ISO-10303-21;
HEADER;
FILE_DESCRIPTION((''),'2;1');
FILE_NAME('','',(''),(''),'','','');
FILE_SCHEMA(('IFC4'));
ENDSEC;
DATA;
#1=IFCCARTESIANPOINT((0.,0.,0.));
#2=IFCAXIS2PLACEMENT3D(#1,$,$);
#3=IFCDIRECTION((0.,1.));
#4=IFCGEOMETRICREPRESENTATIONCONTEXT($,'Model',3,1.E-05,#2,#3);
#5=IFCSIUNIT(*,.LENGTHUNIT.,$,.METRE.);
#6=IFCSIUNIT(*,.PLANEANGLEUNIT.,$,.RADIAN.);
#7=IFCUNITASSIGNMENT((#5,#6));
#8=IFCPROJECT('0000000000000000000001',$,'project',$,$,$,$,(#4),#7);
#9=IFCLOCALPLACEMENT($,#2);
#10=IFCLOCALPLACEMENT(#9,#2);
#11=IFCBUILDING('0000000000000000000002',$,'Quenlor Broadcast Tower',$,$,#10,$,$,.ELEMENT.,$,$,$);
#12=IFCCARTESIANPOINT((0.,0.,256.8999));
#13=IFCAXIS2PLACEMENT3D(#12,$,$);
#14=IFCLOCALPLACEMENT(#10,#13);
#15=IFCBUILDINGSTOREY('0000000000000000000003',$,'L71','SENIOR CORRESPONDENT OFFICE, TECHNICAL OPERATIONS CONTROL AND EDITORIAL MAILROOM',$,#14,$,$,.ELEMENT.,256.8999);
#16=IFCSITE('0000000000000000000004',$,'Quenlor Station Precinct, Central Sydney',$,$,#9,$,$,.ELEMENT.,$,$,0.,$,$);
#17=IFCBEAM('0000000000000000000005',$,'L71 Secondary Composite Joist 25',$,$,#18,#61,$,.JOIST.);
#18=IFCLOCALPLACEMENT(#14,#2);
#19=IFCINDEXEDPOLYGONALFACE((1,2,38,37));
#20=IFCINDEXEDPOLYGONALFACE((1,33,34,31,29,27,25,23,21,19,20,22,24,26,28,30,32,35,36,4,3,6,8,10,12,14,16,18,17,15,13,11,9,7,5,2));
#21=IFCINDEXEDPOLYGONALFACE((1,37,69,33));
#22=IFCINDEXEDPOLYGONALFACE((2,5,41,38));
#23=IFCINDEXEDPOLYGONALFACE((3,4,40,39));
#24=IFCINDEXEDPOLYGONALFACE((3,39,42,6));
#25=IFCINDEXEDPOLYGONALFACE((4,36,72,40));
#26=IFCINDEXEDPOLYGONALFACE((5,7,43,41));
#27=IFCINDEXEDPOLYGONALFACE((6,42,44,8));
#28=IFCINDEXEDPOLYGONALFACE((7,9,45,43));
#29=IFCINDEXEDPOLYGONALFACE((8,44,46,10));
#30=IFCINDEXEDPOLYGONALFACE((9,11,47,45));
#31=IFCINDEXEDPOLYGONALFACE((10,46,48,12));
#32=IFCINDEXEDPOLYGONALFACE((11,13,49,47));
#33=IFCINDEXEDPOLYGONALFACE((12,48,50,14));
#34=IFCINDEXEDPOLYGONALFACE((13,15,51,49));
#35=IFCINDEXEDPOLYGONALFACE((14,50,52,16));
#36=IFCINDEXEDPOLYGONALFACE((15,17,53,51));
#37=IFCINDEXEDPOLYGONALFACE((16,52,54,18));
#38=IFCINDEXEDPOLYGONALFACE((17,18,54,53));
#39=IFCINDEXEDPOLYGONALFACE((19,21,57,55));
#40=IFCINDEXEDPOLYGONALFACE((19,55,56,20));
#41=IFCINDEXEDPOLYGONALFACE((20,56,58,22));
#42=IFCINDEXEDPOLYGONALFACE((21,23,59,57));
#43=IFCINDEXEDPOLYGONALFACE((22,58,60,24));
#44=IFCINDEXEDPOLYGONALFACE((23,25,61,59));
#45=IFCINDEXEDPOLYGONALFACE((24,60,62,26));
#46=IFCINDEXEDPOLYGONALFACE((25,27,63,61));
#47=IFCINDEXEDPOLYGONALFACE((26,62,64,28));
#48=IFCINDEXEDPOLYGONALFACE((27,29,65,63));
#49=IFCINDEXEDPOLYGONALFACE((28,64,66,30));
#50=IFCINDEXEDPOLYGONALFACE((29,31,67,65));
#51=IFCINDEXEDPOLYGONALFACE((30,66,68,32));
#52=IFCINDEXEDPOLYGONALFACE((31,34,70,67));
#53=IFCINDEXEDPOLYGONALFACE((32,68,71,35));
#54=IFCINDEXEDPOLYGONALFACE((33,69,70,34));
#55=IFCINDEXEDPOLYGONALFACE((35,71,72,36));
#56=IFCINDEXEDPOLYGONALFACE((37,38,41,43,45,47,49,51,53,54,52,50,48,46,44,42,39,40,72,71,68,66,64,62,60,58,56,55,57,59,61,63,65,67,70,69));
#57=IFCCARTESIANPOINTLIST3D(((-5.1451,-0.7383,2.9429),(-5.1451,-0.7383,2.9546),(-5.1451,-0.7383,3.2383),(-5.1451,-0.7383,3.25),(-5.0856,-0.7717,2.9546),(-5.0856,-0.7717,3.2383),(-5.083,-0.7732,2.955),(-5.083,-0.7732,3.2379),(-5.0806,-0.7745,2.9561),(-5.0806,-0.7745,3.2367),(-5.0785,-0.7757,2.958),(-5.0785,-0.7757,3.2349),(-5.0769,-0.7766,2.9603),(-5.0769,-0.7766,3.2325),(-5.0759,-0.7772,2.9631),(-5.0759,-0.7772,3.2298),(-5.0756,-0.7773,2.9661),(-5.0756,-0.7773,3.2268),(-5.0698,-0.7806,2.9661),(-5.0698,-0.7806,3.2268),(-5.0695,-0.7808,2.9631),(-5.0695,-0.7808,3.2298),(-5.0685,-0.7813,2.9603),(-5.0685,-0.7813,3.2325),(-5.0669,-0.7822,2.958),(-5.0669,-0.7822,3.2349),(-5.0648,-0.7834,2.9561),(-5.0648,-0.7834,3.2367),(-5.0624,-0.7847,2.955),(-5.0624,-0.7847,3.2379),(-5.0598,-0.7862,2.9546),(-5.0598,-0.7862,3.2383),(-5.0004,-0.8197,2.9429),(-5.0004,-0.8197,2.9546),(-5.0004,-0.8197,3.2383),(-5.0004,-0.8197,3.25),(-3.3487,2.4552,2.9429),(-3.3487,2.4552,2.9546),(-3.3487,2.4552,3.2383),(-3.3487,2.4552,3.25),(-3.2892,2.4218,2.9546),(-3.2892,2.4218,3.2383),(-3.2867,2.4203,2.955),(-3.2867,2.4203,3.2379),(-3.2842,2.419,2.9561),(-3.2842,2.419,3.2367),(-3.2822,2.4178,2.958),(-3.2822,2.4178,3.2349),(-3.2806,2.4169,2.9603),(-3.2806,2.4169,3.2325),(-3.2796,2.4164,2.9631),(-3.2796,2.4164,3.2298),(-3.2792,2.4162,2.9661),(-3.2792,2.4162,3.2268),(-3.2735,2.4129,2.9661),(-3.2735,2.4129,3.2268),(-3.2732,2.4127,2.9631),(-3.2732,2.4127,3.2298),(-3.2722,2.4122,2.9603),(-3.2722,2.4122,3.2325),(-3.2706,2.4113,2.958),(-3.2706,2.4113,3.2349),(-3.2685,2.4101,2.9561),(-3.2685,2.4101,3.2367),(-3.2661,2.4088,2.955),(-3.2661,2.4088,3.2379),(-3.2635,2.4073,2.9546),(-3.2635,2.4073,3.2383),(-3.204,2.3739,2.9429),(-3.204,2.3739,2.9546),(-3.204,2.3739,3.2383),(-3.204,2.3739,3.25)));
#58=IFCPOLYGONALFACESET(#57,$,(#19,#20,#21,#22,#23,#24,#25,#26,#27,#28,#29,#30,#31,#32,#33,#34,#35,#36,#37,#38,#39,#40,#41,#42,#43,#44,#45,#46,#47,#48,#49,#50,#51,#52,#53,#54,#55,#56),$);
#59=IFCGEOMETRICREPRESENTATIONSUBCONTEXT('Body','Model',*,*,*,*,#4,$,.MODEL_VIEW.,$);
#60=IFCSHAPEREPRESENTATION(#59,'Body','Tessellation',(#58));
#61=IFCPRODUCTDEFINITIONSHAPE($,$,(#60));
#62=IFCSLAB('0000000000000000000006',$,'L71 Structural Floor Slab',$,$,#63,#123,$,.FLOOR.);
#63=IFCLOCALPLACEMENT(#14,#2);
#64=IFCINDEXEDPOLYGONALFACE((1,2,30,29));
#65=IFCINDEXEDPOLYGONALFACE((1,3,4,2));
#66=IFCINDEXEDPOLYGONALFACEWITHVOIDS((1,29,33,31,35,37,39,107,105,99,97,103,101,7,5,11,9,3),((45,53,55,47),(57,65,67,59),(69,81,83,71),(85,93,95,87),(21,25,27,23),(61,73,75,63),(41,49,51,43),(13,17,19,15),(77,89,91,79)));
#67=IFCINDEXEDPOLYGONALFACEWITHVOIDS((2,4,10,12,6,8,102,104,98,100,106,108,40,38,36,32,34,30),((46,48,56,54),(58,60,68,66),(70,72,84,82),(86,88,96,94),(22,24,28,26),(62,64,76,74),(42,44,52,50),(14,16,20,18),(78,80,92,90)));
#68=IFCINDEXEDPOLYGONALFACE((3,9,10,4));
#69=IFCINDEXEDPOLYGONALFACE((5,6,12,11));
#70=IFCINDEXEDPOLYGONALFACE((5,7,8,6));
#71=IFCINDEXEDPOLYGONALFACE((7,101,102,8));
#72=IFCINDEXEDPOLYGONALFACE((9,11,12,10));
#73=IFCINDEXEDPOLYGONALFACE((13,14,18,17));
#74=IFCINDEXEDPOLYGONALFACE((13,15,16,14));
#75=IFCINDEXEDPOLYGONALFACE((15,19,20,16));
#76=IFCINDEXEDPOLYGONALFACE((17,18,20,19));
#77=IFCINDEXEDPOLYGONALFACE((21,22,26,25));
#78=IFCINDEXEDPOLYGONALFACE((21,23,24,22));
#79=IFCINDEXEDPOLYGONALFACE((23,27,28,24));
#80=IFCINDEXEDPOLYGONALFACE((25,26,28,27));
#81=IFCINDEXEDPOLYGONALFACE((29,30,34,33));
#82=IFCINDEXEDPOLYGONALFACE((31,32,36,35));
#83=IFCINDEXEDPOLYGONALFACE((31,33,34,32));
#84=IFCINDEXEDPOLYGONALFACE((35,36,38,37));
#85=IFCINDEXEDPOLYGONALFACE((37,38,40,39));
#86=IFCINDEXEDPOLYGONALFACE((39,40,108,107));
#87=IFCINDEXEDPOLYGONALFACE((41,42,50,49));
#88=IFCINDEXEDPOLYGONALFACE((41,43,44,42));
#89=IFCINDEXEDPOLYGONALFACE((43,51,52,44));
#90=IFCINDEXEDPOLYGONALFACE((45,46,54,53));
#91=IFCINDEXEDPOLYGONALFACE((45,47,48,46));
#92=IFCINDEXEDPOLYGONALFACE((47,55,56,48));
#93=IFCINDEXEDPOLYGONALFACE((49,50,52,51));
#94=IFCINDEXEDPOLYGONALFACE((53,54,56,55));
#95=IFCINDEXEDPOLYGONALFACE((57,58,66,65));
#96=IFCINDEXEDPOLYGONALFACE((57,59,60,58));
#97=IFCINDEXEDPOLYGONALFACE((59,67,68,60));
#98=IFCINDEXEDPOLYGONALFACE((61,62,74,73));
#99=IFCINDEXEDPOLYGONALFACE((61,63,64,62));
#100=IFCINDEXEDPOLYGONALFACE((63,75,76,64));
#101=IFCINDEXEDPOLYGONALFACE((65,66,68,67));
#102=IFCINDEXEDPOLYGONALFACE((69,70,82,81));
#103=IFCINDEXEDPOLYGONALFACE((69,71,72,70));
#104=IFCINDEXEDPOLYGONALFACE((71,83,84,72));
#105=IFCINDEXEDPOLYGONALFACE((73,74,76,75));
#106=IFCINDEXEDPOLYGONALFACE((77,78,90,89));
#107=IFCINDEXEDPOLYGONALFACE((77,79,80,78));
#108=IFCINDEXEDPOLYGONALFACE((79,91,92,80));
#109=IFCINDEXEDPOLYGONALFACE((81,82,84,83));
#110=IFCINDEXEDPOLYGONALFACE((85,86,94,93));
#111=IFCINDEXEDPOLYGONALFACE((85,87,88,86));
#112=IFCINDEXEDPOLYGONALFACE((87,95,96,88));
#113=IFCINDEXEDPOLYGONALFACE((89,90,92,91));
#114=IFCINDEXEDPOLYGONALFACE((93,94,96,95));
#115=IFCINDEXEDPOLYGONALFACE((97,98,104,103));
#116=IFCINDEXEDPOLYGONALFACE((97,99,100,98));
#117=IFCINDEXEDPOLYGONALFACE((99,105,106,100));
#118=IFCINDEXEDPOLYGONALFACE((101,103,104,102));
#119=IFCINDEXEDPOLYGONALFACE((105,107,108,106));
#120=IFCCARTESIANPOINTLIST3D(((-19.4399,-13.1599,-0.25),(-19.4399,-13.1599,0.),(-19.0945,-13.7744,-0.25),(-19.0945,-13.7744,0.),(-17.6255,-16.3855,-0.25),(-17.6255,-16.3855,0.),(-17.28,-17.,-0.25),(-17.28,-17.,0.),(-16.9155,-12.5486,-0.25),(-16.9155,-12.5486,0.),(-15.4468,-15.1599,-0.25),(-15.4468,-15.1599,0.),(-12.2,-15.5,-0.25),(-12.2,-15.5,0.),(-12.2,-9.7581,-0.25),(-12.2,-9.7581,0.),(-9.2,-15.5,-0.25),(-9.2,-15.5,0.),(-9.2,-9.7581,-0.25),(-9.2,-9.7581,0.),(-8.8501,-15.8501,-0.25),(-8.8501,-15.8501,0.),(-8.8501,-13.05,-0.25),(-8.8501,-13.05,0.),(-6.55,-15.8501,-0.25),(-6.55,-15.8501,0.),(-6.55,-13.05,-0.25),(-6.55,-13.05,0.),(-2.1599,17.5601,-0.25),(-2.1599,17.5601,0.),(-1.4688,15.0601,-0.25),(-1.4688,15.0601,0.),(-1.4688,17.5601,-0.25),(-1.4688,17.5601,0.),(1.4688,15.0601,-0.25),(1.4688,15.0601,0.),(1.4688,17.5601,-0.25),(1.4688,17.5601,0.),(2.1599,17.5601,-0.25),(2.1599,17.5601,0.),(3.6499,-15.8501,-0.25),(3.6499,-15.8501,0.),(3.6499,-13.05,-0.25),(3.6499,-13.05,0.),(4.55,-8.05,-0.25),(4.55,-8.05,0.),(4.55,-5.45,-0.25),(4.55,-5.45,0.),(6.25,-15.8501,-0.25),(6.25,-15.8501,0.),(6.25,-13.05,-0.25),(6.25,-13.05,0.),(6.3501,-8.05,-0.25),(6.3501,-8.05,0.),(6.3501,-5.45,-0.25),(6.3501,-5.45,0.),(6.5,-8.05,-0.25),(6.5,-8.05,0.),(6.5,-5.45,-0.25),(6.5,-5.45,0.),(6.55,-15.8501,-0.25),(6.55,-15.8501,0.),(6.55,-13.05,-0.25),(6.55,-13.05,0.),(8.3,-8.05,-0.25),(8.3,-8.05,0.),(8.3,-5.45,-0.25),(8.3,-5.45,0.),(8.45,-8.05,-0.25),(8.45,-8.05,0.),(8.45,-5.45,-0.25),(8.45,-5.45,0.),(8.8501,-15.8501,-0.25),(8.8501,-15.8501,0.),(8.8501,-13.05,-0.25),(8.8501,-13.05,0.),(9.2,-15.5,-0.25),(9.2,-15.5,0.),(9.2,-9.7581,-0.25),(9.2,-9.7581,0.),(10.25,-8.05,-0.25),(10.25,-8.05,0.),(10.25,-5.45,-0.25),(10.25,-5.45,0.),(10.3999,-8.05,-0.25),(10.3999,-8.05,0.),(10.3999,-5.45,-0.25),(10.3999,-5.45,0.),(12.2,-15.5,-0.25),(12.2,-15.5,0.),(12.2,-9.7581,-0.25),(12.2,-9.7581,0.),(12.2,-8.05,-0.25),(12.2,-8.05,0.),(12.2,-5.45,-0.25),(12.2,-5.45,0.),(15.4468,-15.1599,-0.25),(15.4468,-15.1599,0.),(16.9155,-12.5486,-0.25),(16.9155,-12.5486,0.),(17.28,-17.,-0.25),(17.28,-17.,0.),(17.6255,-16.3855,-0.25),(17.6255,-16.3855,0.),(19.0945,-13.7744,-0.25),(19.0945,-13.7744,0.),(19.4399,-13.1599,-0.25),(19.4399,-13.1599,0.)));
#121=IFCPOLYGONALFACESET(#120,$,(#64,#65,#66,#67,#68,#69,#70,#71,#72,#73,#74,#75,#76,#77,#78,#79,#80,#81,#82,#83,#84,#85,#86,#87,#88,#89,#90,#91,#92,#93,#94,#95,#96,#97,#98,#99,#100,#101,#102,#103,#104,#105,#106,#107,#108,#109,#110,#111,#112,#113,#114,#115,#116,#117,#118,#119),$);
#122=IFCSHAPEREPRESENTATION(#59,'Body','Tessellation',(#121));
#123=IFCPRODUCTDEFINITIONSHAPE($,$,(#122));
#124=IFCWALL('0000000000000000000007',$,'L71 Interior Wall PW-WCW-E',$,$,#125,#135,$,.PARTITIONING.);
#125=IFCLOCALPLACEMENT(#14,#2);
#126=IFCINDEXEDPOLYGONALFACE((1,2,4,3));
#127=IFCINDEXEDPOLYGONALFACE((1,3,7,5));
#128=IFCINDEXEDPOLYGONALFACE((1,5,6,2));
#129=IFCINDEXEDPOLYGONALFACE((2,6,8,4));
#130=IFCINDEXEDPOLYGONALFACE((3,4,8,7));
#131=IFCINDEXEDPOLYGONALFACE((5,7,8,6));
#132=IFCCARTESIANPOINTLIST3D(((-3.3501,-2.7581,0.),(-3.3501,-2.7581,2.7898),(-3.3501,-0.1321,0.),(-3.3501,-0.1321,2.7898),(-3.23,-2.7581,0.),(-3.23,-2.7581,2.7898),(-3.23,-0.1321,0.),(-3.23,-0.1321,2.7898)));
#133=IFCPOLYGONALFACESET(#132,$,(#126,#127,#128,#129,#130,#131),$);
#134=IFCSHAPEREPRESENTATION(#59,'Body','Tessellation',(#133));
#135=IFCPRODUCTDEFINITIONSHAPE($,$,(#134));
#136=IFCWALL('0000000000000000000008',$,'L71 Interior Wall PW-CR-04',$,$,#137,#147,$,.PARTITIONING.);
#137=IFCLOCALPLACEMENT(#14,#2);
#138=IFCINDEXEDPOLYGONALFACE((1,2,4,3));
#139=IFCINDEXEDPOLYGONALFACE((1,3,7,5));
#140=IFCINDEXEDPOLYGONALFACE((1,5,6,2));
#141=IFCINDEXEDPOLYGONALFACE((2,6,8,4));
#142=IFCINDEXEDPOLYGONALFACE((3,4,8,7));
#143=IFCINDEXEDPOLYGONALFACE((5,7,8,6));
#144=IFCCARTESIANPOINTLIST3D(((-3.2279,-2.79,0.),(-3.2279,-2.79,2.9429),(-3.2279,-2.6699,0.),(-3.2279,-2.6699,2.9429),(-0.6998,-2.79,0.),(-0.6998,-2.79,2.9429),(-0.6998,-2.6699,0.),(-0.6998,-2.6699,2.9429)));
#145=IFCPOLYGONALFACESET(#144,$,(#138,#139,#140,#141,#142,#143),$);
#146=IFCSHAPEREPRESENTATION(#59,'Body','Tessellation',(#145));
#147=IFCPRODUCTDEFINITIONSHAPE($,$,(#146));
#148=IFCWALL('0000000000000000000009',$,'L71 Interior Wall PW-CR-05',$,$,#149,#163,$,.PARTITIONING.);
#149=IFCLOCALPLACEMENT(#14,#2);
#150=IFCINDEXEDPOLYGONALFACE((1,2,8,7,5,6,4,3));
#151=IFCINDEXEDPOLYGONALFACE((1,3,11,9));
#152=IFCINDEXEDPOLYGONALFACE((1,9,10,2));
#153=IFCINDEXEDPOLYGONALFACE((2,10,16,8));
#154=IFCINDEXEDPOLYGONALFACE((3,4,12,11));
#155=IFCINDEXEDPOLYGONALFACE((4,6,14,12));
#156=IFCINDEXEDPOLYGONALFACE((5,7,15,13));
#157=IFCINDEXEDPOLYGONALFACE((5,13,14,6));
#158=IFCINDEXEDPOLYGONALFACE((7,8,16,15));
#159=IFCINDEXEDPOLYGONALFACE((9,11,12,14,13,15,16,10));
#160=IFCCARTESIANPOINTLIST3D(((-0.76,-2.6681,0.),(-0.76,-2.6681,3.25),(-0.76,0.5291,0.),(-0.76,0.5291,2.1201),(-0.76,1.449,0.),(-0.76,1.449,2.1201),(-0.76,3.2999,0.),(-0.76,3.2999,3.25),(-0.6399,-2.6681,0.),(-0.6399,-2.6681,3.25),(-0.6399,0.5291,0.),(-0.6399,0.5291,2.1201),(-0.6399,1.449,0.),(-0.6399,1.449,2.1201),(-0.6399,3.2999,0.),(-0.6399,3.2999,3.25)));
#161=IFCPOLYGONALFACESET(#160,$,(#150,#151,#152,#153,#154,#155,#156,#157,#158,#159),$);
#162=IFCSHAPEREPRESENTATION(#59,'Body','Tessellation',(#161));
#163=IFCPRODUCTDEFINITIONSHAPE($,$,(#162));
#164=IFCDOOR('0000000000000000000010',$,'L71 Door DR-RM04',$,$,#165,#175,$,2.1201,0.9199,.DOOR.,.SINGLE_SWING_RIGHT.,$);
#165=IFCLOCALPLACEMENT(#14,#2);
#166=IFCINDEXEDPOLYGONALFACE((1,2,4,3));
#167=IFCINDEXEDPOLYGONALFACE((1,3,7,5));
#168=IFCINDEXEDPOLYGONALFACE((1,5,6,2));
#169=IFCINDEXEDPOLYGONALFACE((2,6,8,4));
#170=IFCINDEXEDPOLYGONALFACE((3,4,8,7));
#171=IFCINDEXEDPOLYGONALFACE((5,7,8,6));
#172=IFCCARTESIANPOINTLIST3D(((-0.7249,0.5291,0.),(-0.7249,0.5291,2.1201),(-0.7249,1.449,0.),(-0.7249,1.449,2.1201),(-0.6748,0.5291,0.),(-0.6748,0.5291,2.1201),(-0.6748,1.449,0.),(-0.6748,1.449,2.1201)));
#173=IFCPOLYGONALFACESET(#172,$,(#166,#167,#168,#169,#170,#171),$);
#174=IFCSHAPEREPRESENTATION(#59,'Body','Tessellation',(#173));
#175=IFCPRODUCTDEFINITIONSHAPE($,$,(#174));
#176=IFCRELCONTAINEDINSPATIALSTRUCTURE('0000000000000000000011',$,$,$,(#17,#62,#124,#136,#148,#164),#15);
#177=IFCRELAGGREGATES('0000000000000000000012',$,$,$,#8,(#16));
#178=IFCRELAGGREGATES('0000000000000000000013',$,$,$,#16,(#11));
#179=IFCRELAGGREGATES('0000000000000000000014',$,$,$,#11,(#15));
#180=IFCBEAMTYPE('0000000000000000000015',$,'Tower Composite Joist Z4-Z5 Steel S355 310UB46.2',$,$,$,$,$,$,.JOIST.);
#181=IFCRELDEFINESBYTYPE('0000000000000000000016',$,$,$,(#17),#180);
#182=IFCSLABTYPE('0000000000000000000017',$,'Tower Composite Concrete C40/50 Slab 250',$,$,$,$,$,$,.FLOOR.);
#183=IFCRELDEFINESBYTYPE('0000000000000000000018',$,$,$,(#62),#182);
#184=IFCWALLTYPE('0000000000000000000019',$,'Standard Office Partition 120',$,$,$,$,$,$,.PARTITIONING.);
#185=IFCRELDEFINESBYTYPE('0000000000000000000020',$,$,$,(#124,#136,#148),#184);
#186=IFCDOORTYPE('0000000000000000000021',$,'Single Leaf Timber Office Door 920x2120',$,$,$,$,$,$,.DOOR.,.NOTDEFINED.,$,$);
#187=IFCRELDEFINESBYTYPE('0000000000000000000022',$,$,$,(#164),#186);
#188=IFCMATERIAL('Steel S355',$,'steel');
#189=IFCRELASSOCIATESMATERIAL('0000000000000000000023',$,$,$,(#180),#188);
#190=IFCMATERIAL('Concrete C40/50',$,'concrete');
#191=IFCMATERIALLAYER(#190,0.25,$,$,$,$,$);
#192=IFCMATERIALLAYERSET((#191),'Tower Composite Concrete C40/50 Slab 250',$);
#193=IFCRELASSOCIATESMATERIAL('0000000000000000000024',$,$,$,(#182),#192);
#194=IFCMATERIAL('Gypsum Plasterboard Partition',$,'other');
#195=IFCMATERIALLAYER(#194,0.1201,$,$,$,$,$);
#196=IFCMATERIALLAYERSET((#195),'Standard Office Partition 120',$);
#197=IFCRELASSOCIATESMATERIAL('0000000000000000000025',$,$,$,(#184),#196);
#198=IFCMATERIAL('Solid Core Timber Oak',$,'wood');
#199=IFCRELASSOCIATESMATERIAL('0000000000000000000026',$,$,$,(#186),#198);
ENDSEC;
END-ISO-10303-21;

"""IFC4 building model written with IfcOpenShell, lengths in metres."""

from ifc_helpers import new_model, si_unit, direction, frame, frame_2d, origin, origin_2d, place, context, subcontext, project, spatial, polyline, rectangle, i_section, outline, extrude, material, layer, layer_set, material_profile, profile_set, type_object, element, fill, save


model = new_model("IFC4")

# Units and contexts
model_context = context("Model", 3, precision=1e-05, world=origin(), true_north=direction((0.0, 1.0)))
body_context = subcontext(model_context, "Body", "Model", "MODEL_VIEW")
ifc_project = project(units=[si_unit("LENGTHUNIT", "METRE"), si_unit("PLANEANGLEUNIT", "RADIAN")], contexts=[model_context])

# Site, building, storey
site_placement = place(None, origin())
site = spatial("IfcSite", under=ifc_project, at=site_placement, Name="Quenlor Station Precinct, Central Sydney", CompositionType="ELEMENT", RefElevation=0.0)
building_placement = place(site_placement, origin())
building = spatial("IfcBuilding", under=site, at=building_placement, Name="Quenlor Broadcast Tower", CompositionType="ELEMENT")
storey_placement = place(building_placement, frame((0.0, 0.0, 256.8999)))
storey = spatial("IfcBuildingStorey", under=building, at=storey_placement, Name="L71", Description="SENIOR CORRESPONDENT OFFICE, TECHNICAL OPERATIONS CONTROL AND EDITORIAL MAILROOM", CompositionType="ELEMENT", Elevation=256.8999)

# Beam
ifc_material_1 = material(Name="Steel S355", Category="steel")
ifc_material_profile = material_profile(ifc_material_1, i_section(OverallWidth=0.166, OverallDepth=0.3071, WebThickness=0.0066, FlangeThickness=0.0117, FilletRadius=0.0115, at=origin_2d()))
ifc_profile_set = profile_set([ifc_material_profile], Name="Steel S355 310UB46.2")
beam_type = type_object("IfcBeamType", Name="Tower Composite Joist Z4-Z5 Steel S355 310UB46.2", PredefinedType="JOIST", material=ifc_profile_set)
beam_placement = place(storey_placement, frame((-3.2764, 2.4146, 3.0964), z_axis=(-0.490258, -0.871577, 0.0), x_axis=(0.871577, -0.490258, 0.0)))
element("IfcBeam", 1, at=beam_placement, inside=storey, type_object=beam_type, Name="L71 Secondary Composite Joist 25", PredefinedType="JOIST", context=body_context, shape_type="SweptSolid", body=[
    extrude(i_section(OverallWidth=0.166, OverallDepth=0.3071, WebThickness=0.0066, FlangeThickness=0.0117, FilletRadius=0.0115, at=origin_2d()), origin(), (0.0, 0.0, 1.0), 3.6641),
])

# Slab
ifc_material_2 = material(Name="Concrete C40/50", Category="concrete")
ifc_layer_1 = layer(ifc_material_2, 0.25)
ifc_layer_set_1 = layer_set([ifc_layer_1], Name="Tower Composite Concrete C40/50 Slab 250")
slab_type = type_object("IfcSlabType", Name="Tower Composite Concrete C40/50 Slab 250", PredefinedType="FLOOR", material=ifc_layer_set_1)
slab_placement = place(storey_placement, frame((0.0, 0.0, -0.25)))
element("IfcSlab", 2, at=slab_placement, inside=storey, type_object=slab_type, Name="L71 Structural Floor Slab", PredefinedType="FLOOR", context=body_context, shape_type="SweptSolid", body=[
    extrude(outline(polyline([(17.28, -17.0), (17.6255, -16.3855), (15.4468, -15.1599), (16.9155, -12.5486), (19.0945, -13.7744), (19.4399, -13.1599), (2.1599, 17.5601), (1.4688, 17.5601), (1.4688, 15.0601), (-1.4688, 15.0601), (-1.4688, 17.5601), (-2.1599, 17.5601), (-19.4399, -13.1599), (-19.0945, -13.7744), (-16.9155, -12.5486), (-15.4468, -15.1599), (-17.6255, -16.3855), (-17.28, -17.0), (17.28, -17.0)]), holes=[polyline([(-12.2, -9.7581), (-12.2, -15.5), (-9.2, -15.5), (-9.2, -9.7581), (-12.2, -9.7581)]), polyline([(9.2, -9.7581), (9.2, -15.5), (12.2, -15.5), (12.2, -9.7581), (9.2, -9.7581)]), polyline([(4.55, -8.05), (6.3501, -8.05), (6.3501, -5.45), (4.55, -5.45), (4.55, -8.05)]), polyline([(6.5, -8.05), (8.3, -8.05), (8.3, -5.45), (6.5, -5.45), (6.5, -8.05)]), polyline([(8.45, -8.05), (10.25, -8.05), (10.25, -5.45), (8.45, -5.45), (8.45, -8.05)]), polyline([(10.3999, -8.05), (12.2, -8.05), (12.2, -5.45), (10.3999, -5.45), (10.3999, -8.05)]), polyline([(-8.8501, -15.8501), (-6.55, -15.8501), (-6.55, -13.05), (-8.8501, -13.05), (-8.8501, -15.8501)]), polyline([(6.55, -15.8501), (8.8501, -15.8501), (8.8501, -13.05), (6.55, -13.05), (6.55, -15.8501)]), polyline([(3.6499, -15.8501), (6.25, -15.8501), (6.25, -13.05), (3.6499, -13.05), (3.6499, -15.8501)])]), origin(), (0.0, 0.0, 1.0), 0.25),
])

# Walls
ifc_material_3 = material(Name="Gypsum Plasterboard Partition", Category="other")
ifc_layer_2 = layer(ifc_material_3, 0.1201)
ifc_layer_set_2 = layer_set([ifc_layer_2], Name="Standard Office Partition 120")
wall_type = type_object("IfcWallType", Name="Standard Office Partition 120", PredefinedType="PARTITIONING", material=ifc_layer_set_2)
wall_1_placement = place(storey_placement, frame((-3.29, -2.7581, 0.0), z_axis=(0.0, 0.0, 1.0), x_axis=(0.0, 1.0, 0.0)))
element("IfcWall", 3, at=wall_1_placement, inside=storey, type_object=wall_type, Name="L71 Interior Wall PW-WCW-E", PredefinedType="PARTITIONING", context=body_context, shape_type="SweptSolid", body=[
    extrude(rectangle(XDim=2.626, YDim=0.1201, at=frame_2d((1.313, 0.0))), origin(), (0.0, 0.0, 1.0), 2.7898),
])
wall_2_placement = place(storey_placement, frame((-3.228, -2.73, 0.0), z_axis=(0.0, 0.0, 1.0), x_axis=(1.0, 0.0, 0.0)))
element("IfcWall", 4, at=wall_2_placement, inside=storey, type_object=wall_type, Name="L71 Interior Wall PW-CR-04", PredefinedType="PARTITIONING", context=body_context, shape_type="SweptSolid", body=[
    extrude(rectangle(XDim=2.5281, YDim=0.1201, at=frame_2d((1.2642, 0.0))), origin(), (0.0, 0.0, 1.0), 2.9429),
])

# Wall, opening, door
wall_3_placement = place(storey_placement, frame((-0.7, -2.668, 0.0), z_axis=(0.0, 0.0, 1.0), x_axis=(0.0, 1.0, 0.0)))
wall_3 = element("IfcWall", 5, at=wall_3_placement, inside=storey, type_object=wall_type, Name="L71 Interior Wall PW-CR-05", PredefinedType="PARTITIONING", context=body_context, shape_type="SweptSolid", body=[
    extrude(rectangle(XDim=5.968, YDim=0.1201, at=frame_2d((2.9839, 0.0))), origin(), (0.0, 0.0, 1.0), 3.25),
])
opening_placement = place(wall_3_placement, frame((3.197, 0.0, 0.0)))
opening = element("IfcOpeningElement", 6, at=opening_placement, cuts=wall_3, PredefinedType="OPENING", context=body_context, shape_type="SweptSolid", body=[
    extrude(rectangle(XDim=0.9199, YDim=2.1201, at=frame_2d((0.46, 1.0601))), frame((0.0, 0.0701, 0.0), z_axis=(0.0, -1.0, 0.0), x_axis=(1.0, 0.0, 0.0)), (0.0, 0.0, 1.0), 0.1401),
])
ifc_material_4 = material(Name="Solid Core Timber Oak", Category="wood")
door_type = type_object("IfcDoorType", Name="Single Leaf Timber Office Door 920x2120", OperationType="NOTDEFINED", PredefinedType="DOOR", material=ifc_material_4)
door_placement = place(opening_placement, origin())
door = element("IfcDoor", 7, at=door_placement, inside=storey, type_object=door_type, Name="L71 Door DR-RM04", OperationType="SINGLE_SWING_RIGHT", OverallHeight=2.1201, OverallWidth=0.9199, PredefinedType="DOOR", context=body_context, shape_type="SweptSolid", body=[
    extrude(rectangle(XDim=0.9199, YDim=2.1201, at=frame_2d((0.46, 1.0601))), frame((0.0, 0.0249, 0.0), z_axis=(0.0, -1.0, 0.0), x_axis=(1.0, 0.0, 0.0)), (0.0, 0.0, 1.0), 0.05),
])
fill(opening, door)

save(model, "model.ifc")
